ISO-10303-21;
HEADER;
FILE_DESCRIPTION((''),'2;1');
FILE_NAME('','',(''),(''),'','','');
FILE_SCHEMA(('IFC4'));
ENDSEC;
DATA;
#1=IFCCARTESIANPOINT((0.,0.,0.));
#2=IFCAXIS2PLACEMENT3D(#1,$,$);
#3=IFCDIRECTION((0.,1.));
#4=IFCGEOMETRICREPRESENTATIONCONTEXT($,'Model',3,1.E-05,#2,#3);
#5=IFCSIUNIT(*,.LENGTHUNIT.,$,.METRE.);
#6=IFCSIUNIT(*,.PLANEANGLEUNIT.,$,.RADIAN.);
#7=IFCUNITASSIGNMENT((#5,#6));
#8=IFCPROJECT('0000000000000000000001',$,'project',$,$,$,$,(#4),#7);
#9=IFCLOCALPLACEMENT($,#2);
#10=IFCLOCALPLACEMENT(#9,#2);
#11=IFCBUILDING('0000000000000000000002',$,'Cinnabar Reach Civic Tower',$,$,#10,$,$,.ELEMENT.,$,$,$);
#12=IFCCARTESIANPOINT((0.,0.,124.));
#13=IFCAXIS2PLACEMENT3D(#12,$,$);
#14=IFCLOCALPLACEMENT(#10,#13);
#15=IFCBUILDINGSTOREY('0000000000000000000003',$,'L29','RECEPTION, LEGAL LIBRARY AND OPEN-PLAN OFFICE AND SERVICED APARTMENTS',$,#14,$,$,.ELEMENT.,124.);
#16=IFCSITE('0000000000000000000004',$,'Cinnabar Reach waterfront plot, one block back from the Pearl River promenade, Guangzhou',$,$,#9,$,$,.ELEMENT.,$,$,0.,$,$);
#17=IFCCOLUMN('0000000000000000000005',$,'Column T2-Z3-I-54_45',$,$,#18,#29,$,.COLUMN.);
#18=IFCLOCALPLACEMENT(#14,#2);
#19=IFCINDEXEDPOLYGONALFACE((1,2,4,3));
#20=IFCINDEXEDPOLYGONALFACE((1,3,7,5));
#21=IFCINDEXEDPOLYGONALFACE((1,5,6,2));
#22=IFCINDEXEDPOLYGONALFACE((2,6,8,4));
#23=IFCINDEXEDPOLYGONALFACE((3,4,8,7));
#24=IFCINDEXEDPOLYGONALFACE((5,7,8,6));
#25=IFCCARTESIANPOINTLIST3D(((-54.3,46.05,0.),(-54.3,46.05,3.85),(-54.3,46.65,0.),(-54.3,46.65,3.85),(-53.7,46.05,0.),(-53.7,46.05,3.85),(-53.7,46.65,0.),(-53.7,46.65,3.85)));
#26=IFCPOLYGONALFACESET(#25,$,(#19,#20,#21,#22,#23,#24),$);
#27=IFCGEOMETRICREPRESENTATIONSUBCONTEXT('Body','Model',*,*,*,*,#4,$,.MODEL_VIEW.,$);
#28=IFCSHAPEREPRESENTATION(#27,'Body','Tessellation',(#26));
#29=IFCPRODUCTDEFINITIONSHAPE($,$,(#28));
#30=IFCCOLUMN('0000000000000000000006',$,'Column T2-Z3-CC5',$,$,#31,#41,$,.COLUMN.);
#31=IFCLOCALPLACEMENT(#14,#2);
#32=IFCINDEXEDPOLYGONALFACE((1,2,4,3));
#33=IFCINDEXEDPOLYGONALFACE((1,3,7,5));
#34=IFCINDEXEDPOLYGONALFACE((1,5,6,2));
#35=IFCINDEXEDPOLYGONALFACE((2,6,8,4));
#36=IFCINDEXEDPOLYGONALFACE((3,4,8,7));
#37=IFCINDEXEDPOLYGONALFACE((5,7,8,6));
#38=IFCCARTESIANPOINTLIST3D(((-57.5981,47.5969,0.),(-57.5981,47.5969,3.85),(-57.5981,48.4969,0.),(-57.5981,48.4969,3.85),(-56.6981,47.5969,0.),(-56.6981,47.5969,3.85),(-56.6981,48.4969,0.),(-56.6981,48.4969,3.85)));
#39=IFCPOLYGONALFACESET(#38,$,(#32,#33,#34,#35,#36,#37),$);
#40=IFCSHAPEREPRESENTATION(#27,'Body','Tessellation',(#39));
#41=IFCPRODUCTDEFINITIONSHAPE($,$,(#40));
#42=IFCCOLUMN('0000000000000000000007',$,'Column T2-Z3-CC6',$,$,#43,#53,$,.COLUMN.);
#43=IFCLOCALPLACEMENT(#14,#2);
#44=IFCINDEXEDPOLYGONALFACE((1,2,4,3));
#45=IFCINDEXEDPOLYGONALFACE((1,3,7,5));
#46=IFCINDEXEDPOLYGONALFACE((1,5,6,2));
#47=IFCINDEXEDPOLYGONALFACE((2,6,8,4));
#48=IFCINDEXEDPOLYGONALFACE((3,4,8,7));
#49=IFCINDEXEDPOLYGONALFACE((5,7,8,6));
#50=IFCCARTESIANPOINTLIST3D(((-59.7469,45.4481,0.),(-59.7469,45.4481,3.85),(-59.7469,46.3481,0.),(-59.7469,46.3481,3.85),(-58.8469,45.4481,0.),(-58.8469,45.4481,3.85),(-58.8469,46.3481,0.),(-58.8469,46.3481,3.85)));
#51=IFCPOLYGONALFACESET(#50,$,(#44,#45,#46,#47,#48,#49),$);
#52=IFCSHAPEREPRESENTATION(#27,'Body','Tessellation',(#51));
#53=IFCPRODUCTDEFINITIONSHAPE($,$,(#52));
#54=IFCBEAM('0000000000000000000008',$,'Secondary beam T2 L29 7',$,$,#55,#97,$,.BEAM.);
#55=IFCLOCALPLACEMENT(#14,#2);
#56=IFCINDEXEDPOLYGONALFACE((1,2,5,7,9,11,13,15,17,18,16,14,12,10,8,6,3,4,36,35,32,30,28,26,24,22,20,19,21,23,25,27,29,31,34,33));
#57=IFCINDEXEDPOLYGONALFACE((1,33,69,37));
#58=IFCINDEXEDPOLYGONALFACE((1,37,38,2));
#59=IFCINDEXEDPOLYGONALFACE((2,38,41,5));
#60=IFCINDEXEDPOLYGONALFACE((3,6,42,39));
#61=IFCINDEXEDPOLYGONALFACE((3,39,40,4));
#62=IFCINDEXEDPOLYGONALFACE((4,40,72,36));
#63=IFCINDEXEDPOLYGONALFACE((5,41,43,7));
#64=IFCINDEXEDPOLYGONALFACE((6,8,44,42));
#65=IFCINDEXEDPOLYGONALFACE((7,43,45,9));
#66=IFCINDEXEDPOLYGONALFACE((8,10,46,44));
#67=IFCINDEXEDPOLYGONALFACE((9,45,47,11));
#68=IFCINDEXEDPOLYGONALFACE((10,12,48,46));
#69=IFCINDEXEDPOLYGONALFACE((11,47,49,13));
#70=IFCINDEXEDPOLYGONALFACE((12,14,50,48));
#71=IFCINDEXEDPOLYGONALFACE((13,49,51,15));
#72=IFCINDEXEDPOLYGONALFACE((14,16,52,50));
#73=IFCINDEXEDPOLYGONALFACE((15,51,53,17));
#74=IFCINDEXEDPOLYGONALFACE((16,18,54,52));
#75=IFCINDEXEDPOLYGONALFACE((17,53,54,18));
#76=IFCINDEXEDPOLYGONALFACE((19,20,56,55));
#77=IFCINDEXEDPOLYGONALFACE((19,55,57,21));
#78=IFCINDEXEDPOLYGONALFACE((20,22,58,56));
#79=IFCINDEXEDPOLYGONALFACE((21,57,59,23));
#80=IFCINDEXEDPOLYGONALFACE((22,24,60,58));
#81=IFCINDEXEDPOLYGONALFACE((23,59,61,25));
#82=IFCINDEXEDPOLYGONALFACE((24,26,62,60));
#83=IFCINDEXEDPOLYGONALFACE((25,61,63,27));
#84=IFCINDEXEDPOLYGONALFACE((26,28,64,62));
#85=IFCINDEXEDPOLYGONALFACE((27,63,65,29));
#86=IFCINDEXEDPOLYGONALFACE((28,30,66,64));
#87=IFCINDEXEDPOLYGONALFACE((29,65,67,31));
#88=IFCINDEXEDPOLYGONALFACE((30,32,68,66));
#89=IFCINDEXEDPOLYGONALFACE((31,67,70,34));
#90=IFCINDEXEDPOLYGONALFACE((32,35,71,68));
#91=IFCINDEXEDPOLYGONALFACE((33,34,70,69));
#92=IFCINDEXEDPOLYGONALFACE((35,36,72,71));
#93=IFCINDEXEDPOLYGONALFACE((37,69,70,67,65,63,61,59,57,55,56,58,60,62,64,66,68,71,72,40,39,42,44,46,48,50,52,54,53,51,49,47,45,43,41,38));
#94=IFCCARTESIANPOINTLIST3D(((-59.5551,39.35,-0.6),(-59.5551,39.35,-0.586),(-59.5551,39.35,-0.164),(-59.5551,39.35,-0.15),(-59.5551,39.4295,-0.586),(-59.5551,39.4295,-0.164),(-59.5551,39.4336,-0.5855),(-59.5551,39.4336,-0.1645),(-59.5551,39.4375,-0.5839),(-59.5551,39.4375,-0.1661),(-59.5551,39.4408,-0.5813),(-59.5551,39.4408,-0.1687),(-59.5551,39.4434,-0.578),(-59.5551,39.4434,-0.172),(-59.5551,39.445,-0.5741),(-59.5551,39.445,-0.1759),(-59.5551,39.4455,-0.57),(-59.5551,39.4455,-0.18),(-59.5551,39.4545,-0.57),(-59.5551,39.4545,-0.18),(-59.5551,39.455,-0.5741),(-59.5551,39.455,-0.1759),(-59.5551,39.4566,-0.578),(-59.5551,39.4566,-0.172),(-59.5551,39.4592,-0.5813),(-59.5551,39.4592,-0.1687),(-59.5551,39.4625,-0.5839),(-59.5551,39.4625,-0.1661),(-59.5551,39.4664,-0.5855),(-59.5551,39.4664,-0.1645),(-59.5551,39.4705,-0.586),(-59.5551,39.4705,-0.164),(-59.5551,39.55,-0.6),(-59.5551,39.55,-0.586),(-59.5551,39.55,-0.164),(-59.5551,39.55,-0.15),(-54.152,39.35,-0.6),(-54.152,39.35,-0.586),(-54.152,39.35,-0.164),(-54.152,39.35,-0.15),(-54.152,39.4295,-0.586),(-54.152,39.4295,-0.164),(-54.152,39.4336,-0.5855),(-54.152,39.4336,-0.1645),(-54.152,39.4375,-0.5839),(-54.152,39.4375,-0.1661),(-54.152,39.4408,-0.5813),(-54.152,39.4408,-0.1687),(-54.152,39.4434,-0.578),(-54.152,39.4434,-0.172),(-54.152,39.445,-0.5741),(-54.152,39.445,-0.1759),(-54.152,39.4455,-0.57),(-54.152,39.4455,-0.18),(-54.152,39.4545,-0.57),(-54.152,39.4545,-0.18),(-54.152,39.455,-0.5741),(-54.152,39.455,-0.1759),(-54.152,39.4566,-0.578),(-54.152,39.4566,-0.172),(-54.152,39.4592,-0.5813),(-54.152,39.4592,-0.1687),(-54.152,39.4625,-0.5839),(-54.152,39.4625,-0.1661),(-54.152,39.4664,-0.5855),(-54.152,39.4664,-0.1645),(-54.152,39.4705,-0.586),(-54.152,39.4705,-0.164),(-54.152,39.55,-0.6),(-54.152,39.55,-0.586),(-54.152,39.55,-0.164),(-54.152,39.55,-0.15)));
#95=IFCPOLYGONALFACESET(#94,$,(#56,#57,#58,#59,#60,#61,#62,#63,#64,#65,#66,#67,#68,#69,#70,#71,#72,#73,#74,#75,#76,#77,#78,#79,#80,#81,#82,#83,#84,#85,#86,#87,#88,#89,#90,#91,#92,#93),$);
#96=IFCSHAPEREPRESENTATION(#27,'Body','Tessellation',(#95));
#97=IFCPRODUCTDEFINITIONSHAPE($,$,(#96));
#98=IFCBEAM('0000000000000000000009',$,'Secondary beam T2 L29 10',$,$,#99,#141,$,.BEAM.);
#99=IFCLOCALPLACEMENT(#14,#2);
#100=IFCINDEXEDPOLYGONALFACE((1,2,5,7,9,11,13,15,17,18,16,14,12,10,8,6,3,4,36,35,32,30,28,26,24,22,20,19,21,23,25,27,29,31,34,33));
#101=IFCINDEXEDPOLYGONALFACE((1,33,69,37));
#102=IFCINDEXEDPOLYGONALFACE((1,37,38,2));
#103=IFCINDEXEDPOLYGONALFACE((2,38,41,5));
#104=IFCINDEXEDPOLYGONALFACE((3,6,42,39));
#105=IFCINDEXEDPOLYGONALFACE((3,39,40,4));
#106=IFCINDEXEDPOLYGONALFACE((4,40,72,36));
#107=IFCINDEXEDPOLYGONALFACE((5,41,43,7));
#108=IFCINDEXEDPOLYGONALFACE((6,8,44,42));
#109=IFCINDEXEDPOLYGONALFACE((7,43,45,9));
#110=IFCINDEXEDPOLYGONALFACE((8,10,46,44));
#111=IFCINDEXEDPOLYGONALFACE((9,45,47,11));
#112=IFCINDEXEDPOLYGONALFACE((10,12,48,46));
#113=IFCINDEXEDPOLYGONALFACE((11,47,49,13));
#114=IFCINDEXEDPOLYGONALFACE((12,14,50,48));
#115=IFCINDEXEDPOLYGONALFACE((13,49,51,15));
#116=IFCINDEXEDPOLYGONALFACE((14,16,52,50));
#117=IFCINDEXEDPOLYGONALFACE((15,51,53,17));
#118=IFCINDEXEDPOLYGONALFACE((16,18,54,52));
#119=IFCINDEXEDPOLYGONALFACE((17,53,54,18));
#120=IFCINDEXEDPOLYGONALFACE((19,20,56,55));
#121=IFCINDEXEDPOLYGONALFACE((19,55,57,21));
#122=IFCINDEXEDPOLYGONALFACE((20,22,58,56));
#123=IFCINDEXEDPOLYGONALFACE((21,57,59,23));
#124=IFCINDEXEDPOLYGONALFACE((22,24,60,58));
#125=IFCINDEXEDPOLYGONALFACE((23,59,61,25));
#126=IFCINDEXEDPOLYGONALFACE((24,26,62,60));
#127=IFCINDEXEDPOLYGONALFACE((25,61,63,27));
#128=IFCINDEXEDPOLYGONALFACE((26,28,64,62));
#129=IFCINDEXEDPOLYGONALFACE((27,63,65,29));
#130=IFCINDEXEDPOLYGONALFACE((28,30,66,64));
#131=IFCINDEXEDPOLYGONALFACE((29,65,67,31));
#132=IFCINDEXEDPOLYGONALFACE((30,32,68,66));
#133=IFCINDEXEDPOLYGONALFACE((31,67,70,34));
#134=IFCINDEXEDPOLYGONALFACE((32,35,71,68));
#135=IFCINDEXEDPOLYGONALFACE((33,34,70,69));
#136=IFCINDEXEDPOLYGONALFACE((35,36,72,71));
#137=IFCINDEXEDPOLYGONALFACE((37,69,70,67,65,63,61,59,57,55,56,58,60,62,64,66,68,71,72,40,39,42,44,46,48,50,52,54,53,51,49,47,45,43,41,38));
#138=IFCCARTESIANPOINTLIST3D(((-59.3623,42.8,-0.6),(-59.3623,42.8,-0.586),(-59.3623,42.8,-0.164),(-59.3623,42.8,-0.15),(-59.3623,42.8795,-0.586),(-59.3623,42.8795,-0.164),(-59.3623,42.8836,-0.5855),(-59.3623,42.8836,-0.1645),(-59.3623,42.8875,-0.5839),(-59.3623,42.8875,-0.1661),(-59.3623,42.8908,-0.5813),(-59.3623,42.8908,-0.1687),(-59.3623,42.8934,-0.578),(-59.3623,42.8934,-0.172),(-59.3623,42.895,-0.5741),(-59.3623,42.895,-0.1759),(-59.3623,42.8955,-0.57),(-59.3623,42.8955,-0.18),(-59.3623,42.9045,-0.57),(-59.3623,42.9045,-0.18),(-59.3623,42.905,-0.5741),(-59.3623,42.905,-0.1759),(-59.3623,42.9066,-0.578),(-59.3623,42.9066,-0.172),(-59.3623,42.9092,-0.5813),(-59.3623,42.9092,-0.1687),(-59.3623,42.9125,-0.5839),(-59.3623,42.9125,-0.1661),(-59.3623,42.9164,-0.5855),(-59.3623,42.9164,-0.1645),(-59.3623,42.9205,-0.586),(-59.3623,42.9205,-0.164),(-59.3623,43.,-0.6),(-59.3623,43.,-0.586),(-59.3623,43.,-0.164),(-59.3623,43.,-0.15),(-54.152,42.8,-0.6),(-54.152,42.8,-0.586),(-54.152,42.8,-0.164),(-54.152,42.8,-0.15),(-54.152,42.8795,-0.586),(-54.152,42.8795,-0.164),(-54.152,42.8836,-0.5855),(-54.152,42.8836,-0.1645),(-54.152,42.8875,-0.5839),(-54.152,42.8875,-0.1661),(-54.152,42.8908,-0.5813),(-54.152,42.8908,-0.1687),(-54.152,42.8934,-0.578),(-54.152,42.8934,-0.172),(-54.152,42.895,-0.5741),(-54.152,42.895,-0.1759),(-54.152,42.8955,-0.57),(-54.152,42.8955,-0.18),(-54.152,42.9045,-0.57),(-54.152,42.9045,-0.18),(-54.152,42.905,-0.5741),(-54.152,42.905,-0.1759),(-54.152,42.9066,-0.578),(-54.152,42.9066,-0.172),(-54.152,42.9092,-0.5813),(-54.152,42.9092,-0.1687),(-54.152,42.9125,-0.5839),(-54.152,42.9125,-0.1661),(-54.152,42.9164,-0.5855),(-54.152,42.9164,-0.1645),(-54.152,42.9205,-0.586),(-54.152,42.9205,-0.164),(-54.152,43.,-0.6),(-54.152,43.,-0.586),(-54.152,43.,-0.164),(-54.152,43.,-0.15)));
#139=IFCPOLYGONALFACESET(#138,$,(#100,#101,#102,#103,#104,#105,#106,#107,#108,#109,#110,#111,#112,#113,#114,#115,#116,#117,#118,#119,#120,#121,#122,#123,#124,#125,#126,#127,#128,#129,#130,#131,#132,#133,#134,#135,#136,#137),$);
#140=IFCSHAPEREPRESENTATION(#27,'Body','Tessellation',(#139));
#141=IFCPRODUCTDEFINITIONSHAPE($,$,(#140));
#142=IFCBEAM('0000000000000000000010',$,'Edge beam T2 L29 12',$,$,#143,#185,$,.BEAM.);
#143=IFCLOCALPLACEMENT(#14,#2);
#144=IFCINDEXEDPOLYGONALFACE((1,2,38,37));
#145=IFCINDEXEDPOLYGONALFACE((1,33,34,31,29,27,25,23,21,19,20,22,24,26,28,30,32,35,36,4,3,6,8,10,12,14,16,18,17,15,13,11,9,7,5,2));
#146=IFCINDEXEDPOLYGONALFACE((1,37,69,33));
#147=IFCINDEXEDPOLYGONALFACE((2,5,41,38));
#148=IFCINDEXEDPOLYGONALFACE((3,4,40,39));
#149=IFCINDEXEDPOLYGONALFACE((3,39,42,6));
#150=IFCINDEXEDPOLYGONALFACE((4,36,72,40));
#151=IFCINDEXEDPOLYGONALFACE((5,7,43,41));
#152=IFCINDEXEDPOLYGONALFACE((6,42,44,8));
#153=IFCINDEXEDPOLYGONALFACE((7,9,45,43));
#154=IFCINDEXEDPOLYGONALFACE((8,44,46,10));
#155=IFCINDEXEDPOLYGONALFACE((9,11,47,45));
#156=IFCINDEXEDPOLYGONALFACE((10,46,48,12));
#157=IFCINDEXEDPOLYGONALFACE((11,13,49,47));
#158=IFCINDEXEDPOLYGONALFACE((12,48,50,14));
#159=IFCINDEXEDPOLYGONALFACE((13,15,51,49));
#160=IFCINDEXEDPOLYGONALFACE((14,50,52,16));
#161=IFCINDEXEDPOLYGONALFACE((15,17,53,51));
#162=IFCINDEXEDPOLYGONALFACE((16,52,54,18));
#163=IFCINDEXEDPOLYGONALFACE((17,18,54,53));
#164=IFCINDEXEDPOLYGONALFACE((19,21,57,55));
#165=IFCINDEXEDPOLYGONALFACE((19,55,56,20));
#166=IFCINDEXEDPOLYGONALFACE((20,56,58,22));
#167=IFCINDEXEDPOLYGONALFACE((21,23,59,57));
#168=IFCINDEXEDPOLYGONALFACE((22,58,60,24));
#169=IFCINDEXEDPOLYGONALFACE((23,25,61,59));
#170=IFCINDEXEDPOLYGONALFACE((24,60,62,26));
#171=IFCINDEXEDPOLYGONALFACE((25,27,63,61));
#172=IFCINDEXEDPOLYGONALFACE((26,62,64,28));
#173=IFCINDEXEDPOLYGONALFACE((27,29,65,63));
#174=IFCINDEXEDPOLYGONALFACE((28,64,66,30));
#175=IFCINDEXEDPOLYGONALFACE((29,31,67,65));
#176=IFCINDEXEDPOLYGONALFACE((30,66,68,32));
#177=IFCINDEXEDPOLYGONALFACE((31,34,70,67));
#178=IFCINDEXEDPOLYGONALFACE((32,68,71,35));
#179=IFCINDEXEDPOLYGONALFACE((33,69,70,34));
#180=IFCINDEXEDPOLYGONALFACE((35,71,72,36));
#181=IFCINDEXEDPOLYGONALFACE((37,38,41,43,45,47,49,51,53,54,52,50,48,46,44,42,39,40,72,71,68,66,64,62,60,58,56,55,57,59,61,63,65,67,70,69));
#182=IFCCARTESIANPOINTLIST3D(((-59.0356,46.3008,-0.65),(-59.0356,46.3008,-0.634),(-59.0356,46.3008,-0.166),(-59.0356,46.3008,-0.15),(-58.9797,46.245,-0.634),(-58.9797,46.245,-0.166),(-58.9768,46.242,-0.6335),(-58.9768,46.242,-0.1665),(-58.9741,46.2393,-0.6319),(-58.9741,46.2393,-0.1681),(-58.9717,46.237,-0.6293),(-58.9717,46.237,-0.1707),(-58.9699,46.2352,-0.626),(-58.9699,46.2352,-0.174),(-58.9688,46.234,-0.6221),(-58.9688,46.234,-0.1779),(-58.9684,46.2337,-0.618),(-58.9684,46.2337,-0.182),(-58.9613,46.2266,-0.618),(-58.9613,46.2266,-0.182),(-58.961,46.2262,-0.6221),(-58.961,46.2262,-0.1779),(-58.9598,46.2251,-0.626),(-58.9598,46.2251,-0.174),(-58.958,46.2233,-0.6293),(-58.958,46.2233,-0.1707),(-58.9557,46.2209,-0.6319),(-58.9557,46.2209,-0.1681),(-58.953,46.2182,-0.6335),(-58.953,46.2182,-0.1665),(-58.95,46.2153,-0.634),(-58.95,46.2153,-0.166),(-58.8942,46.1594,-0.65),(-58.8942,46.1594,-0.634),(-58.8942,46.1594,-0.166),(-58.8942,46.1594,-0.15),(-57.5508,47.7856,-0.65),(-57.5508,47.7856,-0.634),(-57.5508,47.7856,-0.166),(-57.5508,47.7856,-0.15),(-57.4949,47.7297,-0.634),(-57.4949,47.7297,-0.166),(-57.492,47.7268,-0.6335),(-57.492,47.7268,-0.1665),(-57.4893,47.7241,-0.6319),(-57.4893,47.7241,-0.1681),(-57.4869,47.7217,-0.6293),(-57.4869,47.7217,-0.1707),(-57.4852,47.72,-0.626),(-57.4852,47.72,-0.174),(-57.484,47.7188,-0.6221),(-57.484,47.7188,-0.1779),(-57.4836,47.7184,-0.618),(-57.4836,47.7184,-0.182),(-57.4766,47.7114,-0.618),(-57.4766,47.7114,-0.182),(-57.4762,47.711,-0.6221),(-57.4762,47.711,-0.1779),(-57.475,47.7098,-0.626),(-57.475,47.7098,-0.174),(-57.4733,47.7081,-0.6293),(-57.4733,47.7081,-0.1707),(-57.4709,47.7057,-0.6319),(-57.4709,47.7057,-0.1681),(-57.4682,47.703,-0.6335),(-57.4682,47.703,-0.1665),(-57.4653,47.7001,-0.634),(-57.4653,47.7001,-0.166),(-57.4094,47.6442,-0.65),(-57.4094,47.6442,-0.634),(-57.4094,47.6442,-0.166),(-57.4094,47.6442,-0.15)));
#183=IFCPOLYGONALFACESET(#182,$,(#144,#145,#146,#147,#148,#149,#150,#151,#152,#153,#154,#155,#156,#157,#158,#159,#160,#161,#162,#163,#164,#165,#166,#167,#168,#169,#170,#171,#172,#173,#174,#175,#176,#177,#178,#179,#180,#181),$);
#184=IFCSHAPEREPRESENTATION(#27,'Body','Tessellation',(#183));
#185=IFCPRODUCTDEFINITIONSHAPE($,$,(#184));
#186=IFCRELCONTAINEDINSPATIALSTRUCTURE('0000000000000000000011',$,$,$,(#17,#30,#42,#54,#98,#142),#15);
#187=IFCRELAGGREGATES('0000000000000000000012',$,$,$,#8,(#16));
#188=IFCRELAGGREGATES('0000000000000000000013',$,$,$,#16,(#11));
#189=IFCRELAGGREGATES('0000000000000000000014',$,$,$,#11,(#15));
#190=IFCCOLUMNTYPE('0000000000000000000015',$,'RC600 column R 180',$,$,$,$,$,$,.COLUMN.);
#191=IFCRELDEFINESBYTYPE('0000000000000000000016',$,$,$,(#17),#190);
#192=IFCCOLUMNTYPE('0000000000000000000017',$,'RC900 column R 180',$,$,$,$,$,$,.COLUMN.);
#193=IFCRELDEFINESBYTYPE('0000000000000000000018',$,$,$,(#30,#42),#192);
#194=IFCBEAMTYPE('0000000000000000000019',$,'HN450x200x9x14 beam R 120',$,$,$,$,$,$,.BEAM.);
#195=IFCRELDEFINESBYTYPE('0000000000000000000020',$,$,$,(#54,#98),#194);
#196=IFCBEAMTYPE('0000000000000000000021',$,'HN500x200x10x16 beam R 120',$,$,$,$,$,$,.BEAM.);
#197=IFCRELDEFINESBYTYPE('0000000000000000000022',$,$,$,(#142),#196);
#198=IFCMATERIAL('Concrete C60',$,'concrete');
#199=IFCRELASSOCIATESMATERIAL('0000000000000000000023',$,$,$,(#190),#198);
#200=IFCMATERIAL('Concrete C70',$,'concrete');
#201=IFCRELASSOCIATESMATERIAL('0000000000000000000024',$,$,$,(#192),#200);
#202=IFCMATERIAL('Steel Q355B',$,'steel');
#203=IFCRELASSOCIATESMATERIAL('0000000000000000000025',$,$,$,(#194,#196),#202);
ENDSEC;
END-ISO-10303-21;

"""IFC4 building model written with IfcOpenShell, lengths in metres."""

from ifc_helpers import new_model, si_unit, direction, frame, origin, origin_2d, place, context, subcontext, project, spatial, rectangle, i_section, extrude, material, material_profile, profile_set, type_object, element, save


model = new_model("IFC4")

# Units and contexts
model_context = context("Model", 3, precision=1e-05, world=origin(), true_north=direction((0.0, 1.0)))
body_context = subcontext(model_context, "Body", "Model", "MODEL_VIEW")
ifc_project = project(units=[si_unit("LENGTHUNIT", "METRE"), si_unit("PLANEANGLEUNIT", "RADIAN")], contexts=[model_context])

# Site, building, storey
site_placement = place(None, origin())
site = spatial("IfcSite", under=ifc_project, at=site_placement, Name="Cinnabar Reach waterfront plot, one block back from the Pearl River promenade, Guangzhou", CompositionType="ELEMENT", RefElevation=0.0)
building_placement = place(site_placement, origin())
building = spatial("IfcBuilding", under=site, at=building_placement, Name="Cinnabar Reach Civic Tower", CompositionType="ELEMENT")
storey_placement = place(building_placement, frame((0.0, 0.0, 124.0)))
storey = spatial("IfcBuildingStorey", under=building, at=storey_placement, Name="L29", Description="RECEPTION, LEGAL LIBRARY AND OPEN-PLAN OFFICE AND SERVICED APARTMENTS", CompositionType="ELEMENT", Elevation=124.0)

# Columns
ifc_material_1 = material(Name="Concrete C60", Category="concrete")
ifc_material_profile_1 = material_profile(ifc_material_1, rectangle(XDim=0.6, YDim=0.6, at=origin_2d()), Name="RC600")
ifc_profile_set_1 = profile_set([ifc_material_profile_1], Name="Concrete C60")
column_type_1 = type_object("IfcColumnType", Name="RC600 column R 180", PredefinedType="COLUMN", material=ifc_profile_set_1)
column_placement = place(storey_placement, frame((-54.0, 46.35, 0.0), z_axis=(0.0, 0.0, 1.0), x_axis=(1.0, 0.0, 0.0)))
element("IfcColumn", 1, at=column_placement, inside=storey, type_object=column_type_1, Name="Column T2-Z3-I-54_45", PredefinedType="COLUMN", context=body_context, shape_type="SweptSolid", body=[
    extrude(rectangle(XDim=0.6, YDim=0.6, at=origin_2d()), origin(), (0.0, 0.0, 1.0), 3.85),
])
ifc_material_2 = material(Name="Concrete C70", Category="concrete")
ifc_material_profile_2 = material_profile(ifc_material_2, rectangle(XDim=0.9, YDim=0.9, at=origin_2d()), Name="RC900")
ifc_profile_set_2 = profile_set([ifc_material_profile_2], Name="Concrete C70")
column_type_2 = type_object("IfcColumnType", Name="RC900 column R 180", PredefinedType="COLUMN", material=ifc_profile_set_2)
for number, where, z_axis, x_axis, name in (
    (2, (-57.1481, 48.0469, 0.0), (0.0, 0.0, 1.0), (1.0, 0.0, 0.0), "Column T2-Z3-CC5"),
    (3, (-59.2969, 45.8981, 0.0), (0.0, 0.0, 1.0), (1.0, 0.0, 0.0), "Column T2-Z3-CC6"),
):
    element("IfcColumn", number, at=place(storey_placement, frame(where, z_axis=z_axis, x_axis=x_axis)), inside=storey, type_object=column_type_2, Name=name, PredefinedType="COLUMN", context=body_context, shape_type="SweptSolid", body=[
        extrude(rectangle(XDim=0.9, YDim=0.9, at=origin_2d()), origin(), (0.0, 0.0, 1.0), 3.85),
    ])

# Beams
ifc_material_3 = material(Name="Steel Q355B", Category="steel")
ifc_material_profile_3 = material_profile(ifc_material_3, i_section(OverallWidth=0.2, OverallDepth=0.45, WebThickness=0.009, FlangeThickness=0.014, FilletRadius=0.016, at=origin_2d()), Name="HN450x200x9x14")
ifc_profile_set_3 = profile_set([ifc_material_profile_3], Name="Steel Q355B")
beam_type_1 = type_object("IfcBeamType", Name="HN450x200x9x14 beam R 120", PredefinedType="BEAM", material=ifc_profile_set_3)
beam_1_placement = place(storey_placement, frame((-59.5551, 39.45, -0.375), z_axis=(1.0, 0.0, 0.0), x_axis=(0.0, 1.0, 0.0)))
element("IfcBeam", 4, at=beam_1_placement, inside=storey, type_object=beam_type_1, Name="Secondary beam T2 L29 7", PredefinedType="BEAM", context=body_context, shape_type="SweptSolid", body=[
    extrude(i_section(OverallWidth=0.2, OverallDepth=0.45, WebThickness=0.009, FlangeThickness=0.014, FilletRadius=0.016, at=origin_2d()), origin(), (0.0, 0.0, 1.0), 5.4031),
])
beam_2_placement = place(storey_placement, frame((-59.3623, 42.9, -0.375), z_axis=(1.0, 0.0, 0.0), x_axis=(0.0, 1.0, 0.0)))
element("IfcBeam", 5, at=beam_2_placement, inside=storey, type_object=beam_type_1, Name="Secondary beam T2 L29 10", PredefinedType="BEAM", context=body_context, shape_type="SweptSolid", body=[
    extrude(i_section(OverallWidth=0.2, OverallDepth=0.45, WebThickness=0.009, FlangeThickness=0.014, FilletRadius=0.016, at=origin_2d()), origin(), (0.0, 0.0, 1.0), 5.2103),
])
ifc_material_profile_4 = material_profile(ifc_material_3, i_section(OverallWidth=0.2, OverallDepth=0.5, WebThickness=0.01, FlangeThickness=0.016, FilletRadius=0.016, at=origin_2d()), Name="HN500x200x10x16")
ifc_profile_set_4 = profile_set([ifc_material_profile_4], Name="Steel Q355B")
beam_type_2 = type_object("IfcBeamType", Name="HN500x200x10x16 beam R 120", PredefinedType="BEAM", material=ifc_profile_set_4)
beam_3_placement = place(storey_placement, frame((-57.4801, 47.7149, -0.4), z_axis=(-0.707107, -0.707107, 0.0), x_axis=(0.707107, -0.707107, 0.0)))
element("IfcBeam", 6, at=beam_3_placement, inside=storey, type_object=beam_type_2, Name="Edge beam T2 L29 12", PredefinedType="BEAM", context=body_context, shape_type="SweptSolid", body=[
    extrude(i_section(OverallWidth=0.2, OverallDepth=0.5, WebThickness=0.01, FlangeThickness=0.016, FilletRadius=0.016, at=origin_2d()), origin(), (0.0, 0.0, 1.0), 2.0998),
])

save(model, "model.ifc")
